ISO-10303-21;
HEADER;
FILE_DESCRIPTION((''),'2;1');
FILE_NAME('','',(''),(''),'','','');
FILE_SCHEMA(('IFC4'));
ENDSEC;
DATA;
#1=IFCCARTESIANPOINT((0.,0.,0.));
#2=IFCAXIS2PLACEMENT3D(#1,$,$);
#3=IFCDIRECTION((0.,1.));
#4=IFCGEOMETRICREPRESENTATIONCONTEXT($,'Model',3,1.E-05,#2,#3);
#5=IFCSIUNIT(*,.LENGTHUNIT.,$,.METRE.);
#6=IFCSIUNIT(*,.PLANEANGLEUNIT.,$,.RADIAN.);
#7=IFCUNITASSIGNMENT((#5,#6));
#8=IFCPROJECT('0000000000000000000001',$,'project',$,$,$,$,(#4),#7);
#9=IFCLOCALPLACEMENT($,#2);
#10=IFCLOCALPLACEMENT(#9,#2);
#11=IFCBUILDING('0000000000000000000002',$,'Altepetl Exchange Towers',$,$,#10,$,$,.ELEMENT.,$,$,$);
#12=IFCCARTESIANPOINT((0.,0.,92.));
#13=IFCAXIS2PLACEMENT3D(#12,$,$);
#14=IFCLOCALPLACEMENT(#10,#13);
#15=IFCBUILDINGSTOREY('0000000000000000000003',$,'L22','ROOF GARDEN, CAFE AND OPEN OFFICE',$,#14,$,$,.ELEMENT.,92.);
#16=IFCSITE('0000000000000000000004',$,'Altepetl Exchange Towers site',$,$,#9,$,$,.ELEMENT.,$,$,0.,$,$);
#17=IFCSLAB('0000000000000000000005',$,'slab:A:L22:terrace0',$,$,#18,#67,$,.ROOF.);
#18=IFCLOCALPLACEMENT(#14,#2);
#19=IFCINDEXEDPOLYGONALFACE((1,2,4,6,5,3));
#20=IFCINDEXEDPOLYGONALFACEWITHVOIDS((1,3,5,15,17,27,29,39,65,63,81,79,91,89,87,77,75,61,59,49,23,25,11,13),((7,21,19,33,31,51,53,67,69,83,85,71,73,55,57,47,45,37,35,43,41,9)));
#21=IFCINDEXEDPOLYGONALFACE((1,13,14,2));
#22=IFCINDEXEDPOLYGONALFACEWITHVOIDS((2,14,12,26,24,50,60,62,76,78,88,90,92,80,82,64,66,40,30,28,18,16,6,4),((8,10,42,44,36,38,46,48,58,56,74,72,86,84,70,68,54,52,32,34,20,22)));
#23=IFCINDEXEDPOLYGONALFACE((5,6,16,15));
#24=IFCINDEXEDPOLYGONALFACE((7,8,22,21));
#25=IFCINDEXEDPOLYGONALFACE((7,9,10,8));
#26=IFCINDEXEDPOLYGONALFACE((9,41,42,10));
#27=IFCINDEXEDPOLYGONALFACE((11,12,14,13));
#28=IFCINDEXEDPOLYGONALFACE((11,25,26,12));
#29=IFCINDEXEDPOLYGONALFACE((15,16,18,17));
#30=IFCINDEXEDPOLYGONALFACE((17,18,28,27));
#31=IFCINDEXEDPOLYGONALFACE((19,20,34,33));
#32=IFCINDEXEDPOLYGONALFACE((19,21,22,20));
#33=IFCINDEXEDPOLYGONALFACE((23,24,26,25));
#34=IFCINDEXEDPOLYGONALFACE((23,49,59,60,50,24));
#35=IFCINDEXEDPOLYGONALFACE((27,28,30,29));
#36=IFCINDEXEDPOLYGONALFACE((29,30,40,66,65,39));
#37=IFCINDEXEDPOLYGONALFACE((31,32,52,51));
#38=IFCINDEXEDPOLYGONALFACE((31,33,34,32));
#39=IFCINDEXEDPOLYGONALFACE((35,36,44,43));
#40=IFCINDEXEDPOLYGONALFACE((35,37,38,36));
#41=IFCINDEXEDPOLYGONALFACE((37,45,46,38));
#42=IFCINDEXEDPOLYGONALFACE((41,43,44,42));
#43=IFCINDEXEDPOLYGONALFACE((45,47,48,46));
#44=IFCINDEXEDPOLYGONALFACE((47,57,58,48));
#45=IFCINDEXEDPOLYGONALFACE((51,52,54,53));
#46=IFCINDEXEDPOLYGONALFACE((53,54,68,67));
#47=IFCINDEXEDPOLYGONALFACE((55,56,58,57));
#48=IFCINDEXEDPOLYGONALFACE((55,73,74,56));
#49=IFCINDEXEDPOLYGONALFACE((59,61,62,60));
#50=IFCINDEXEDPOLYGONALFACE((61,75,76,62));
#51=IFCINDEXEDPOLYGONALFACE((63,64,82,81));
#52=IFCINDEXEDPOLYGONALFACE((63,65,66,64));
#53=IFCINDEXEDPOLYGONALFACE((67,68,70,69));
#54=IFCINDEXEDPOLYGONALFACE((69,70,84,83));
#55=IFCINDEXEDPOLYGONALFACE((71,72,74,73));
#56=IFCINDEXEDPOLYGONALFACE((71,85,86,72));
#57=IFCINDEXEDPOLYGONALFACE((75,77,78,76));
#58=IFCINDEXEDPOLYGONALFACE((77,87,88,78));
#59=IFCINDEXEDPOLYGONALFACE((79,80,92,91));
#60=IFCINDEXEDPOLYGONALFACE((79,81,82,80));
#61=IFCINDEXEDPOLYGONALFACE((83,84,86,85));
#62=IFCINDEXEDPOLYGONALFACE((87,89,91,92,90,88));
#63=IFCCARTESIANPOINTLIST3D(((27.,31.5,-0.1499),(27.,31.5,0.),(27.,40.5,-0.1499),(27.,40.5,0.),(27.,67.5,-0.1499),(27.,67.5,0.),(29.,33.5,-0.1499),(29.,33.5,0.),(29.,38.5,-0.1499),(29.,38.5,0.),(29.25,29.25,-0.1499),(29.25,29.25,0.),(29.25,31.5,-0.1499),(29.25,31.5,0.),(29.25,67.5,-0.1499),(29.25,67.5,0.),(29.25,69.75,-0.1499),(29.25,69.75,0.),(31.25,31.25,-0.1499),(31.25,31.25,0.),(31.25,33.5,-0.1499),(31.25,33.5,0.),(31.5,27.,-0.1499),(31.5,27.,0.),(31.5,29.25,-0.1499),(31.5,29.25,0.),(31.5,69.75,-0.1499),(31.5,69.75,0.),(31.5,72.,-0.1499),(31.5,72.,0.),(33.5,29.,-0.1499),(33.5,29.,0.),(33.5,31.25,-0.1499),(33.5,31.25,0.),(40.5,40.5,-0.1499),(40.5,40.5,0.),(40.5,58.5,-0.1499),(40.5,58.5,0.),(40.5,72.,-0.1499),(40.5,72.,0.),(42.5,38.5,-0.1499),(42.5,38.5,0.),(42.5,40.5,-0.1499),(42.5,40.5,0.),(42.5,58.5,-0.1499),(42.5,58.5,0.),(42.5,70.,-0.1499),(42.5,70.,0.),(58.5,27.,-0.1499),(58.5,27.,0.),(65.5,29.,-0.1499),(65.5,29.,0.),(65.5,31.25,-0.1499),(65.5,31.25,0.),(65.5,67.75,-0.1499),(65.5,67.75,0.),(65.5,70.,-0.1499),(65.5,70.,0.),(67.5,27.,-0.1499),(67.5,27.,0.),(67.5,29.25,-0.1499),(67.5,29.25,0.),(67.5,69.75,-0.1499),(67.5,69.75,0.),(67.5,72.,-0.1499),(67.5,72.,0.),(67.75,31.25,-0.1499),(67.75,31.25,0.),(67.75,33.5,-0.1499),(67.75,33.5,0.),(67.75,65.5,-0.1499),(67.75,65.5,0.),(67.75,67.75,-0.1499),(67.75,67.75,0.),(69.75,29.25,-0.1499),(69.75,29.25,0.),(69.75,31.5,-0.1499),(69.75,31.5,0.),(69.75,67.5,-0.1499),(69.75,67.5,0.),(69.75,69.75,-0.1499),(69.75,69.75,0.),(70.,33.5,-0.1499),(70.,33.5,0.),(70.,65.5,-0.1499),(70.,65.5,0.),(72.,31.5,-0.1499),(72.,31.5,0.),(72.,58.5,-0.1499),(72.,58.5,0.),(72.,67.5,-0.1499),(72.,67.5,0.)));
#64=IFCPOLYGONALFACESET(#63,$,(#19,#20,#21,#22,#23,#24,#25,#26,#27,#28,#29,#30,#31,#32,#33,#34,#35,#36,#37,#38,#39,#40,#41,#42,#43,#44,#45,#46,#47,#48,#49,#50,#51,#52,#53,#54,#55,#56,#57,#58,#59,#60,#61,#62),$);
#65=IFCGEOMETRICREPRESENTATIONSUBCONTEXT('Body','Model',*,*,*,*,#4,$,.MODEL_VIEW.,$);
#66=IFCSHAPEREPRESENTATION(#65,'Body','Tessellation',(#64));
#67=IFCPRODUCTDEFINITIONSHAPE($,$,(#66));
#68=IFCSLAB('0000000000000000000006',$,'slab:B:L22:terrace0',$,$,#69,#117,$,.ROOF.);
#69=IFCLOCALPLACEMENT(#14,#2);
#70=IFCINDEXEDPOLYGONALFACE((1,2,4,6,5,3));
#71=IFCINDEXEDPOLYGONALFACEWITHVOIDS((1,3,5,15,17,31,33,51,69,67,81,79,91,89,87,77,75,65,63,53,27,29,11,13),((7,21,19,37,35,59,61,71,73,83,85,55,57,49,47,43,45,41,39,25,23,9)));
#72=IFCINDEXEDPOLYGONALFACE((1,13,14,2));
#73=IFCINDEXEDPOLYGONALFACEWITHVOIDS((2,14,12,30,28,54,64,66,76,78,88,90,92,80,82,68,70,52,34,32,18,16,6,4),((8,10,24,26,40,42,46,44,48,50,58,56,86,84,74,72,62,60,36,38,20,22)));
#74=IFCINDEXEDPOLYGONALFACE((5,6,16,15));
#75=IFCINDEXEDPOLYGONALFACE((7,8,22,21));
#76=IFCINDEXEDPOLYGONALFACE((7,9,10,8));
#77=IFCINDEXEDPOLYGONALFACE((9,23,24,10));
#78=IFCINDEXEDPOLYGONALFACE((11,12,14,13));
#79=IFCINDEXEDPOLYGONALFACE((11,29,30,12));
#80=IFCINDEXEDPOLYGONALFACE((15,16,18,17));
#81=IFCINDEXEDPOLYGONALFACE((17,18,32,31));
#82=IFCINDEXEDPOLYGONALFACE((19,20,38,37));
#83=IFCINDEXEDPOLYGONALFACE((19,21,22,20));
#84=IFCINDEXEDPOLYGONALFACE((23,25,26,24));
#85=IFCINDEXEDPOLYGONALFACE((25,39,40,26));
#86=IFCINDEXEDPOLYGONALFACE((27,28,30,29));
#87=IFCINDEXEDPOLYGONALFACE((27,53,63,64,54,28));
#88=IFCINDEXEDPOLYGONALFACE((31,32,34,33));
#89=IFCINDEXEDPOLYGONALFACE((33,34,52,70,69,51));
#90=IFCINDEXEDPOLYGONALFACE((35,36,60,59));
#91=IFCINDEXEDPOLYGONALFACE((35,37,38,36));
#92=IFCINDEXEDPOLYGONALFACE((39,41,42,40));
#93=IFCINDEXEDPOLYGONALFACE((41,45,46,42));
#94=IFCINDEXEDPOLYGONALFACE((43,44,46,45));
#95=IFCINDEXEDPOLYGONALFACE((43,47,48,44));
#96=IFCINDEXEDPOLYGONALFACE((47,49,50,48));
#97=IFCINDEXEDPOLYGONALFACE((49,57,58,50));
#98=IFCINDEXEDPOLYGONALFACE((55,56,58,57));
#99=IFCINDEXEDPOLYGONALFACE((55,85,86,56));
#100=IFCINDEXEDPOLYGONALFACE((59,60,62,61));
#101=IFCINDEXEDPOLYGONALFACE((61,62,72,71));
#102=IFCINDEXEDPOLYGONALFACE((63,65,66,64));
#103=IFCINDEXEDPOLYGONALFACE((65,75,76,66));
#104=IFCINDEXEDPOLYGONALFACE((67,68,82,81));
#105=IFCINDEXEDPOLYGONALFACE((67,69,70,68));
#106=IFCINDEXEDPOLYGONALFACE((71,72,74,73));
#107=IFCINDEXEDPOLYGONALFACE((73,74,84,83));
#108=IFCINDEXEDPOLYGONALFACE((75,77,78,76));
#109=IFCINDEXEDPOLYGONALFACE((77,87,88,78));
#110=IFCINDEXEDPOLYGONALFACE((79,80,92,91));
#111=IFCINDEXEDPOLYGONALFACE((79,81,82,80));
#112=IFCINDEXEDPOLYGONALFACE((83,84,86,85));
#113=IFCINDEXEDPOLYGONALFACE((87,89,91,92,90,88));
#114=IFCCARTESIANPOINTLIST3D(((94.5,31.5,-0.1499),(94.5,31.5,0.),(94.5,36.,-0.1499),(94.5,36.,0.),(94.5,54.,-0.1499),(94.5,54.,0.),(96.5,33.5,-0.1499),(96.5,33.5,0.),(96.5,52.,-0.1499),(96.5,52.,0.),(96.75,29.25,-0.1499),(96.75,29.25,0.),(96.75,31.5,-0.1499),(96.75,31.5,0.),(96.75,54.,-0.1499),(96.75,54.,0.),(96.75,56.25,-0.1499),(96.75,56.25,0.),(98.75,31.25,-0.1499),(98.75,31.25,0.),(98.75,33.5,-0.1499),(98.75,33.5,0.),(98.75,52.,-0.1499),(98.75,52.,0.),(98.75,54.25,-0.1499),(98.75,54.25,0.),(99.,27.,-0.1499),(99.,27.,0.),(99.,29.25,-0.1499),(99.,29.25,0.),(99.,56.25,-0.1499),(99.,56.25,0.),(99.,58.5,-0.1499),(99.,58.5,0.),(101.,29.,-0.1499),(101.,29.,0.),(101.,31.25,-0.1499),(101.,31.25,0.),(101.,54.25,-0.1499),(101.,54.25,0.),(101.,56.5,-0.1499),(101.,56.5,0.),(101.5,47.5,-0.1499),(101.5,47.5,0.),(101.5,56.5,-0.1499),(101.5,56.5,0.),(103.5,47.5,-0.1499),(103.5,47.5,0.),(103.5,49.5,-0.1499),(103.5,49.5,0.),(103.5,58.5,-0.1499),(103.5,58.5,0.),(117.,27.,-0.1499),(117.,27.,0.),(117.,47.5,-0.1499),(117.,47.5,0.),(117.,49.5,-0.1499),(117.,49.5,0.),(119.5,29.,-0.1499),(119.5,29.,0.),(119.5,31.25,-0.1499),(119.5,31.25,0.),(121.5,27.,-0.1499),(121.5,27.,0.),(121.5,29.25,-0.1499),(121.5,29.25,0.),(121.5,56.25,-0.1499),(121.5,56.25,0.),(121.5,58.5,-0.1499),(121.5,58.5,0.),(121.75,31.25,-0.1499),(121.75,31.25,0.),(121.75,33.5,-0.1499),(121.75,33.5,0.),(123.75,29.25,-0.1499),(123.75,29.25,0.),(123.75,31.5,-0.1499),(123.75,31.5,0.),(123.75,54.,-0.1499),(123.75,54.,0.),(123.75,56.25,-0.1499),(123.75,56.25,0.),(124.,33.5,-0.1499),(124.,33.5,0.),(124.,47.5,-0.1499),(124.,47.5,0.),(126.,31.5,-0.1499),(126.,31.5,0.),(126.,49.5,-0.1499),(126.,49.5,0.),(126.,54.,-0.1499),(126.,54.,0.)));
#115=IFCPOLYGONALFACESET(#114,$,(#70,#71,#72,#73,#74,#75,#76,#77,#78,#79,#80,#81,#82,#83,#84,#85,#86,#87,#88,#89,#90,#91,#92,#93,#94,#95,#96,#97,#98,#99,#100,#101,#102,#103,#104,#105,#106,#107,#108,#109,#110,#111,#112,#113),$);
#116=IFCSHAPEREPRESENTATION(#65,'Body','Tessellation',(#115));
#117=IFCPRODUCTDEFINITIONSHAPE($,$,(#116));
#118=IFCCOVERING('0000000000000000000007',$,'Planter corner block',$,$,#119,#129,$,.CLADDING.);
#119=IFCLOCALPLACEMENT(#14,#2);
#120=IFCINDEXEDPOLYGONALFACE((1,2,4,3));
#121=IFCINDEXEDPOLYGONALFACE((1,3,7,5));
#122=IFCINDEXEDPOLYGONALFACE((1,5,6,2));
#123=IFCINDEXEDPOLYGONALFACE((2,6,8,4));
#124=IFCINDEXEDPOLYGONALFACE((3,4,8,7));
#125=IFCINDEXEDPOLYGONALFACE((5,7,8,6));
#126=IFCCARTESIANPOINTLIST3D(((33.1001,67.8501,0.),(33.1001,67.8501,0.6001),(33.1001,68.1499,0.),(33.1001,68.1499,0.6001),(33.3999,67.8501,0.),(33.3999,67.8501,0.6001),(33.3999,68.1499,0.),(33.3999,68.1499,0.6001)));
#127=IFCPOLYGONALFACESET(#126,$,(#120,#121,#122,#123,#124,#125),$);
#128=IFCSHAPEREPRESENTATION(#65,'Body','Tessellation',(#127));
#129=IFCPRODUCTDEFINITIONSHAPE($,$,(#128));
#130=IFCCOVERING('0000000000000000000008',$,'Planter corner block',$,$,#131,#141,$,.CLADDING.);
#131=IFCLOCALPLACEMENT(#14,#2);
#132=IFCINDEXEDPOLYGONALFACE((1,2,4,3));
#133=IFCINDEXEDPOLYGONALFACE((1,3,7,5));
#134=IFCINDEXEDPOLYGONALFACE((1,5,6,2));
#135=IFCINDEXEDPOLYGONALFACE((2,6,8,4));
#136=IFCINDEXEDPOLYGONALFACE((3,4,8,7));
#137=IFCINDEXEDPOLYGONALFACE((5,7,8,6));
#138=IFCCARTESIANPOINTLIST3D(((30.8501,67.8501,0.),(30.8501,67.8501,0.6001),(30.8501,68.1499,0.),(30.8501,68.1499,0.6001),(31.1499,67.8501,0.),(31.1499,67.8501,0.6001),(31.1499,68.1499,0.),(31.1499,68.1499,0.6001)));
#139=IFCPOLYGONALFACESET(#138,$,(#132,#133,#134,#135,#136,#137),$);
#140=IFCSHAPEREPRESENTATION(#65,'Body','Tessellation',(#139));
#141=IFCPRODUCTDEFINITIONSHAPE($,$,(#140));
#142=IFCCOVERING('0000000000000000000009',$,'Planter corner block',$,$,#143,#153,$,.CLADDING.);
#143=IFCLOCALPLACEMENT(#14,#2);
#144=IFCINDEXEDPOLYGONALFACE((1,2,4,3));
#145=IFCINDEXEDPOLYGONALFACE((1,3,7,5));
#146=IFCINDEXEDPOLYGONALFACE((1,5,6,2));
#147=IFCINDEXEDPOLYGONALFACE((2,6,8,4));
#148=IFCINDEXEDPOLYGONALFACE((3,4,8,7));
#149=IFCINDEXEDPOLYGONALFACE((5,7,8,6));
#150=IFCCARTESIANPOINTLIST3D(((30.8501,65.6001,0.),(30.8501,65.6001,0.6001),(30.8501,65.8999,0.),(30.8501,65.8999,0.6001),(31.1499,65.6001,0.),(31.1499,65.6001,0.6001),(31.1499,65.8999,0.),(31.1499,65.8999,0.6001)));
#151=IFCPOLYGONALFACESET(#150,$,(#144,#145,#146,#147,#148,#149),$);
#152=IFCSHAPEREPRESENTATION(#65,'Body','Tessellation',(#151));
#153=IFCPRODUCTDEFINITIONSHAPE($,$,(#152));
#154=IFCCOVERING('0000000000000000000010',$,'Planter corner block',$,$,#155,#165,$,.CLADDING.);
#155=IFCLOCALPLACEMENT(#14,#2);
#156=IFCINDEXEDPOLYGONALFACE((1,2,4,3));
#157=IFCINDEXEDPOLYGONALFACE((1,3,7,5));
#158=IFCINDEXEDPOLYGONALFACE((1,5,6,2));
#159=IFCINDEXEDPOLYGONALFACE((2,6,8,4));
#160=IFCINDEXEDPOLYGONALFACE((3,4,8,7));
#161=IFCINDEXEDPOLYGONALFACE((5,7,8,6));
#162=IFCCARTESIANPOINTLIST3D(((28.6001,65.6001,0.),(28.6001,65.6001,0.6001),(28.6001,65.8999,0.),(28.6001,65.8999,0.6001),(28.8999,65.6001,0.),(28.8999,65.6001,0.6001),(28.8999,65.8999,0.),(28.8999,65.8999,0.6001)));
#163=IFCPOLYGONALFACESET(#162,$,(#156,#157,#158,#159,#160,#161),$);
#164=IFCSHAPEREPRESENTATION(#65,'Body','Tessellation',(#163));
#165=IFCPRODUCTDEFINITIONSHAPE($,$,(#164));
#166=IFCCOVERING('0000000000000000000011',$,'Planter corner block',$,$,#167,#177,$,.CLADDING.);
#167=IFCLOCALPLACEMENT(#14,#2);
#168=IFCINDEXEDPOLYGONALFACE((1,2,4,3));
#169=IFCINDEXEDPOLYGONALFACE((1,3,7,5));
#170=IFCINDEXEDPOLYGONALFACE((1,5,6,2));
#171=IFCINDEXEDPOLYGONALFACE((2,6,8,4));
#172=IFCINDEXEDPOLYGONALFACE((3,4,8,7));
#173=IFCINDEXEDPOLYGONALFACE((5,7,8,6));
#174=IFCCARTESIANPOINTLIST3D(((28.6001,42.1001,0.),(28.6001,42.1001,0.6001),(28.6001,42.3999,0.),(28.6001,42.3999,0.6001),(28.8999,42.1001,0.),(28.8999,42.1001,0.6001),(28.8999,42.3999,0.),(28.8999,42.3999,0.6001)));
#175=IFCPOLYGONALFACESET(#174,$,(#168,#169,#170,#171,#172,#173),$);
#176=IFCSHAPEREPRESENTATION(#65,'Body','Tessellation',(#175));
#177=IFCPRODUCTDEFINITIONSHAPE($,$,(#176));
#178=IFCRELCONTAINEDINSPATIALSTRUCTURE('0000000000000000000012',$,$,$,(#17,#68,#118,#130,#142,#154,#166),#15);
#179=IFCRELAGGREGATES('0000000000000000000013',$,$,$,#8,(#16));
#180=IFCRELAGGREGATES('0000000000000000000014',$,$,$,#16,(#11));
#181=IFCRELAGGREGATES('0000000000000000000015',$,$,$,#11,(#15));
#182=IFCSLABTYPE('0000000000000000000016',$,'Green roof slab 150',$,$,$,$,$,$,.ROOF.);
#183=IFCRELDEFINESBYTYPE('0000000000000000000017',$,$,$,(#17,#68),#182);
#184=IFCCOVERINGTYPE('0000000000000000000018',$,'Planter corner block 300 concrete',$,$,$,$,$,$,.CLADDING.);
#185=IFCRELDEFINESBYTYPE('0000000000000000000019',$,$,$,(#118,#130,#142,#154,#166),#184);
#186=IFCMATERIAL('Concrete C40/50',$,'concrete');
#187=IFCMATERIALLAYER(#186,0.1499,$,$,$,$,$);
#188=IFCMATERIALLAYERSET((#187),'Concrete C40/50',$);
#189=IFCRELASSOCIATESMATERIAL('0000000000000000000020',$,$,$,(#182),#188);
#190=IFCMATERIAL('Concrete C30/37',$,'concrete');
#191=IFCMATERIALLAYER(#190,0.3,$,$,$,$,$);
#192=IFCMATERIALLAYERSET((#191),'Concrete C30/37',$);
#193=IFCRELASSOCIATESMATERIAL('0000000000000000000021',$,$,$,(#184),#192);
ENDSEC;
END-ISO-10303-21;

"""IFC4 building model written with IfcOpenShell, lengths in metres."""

from ifc_helpers import new_model, si_unit, direction, frame, origin, place, context, subcontext, project, spatial, polyline, outline, extrude, material, layer, layer_set, type_object, element, save


model = new_model("IFC4")

# Units and contexts
model_context = context("Model", 3, precision=1e-05, world=origin(), true_north=direction((0.0, 1.0)))
body_context = subcontext(model_context, "Body", "Model", "MODEL_VIEW")
ifc_project = project(units=[si_unit("LENGTHUNIT", "METRE"), si_unit("PLANEANGLEUNIT", "RADIAN")], contexts=[model_context])

# Site, building, storey
site_placement = place(None, origin())
site = spatial("IfcSite", under=ifc_project, at=site_placement, Name="Altepetl Exchange Towers site", CompositionType="ELEMENT", RefElevation=0.0)
building_placement = place(site_placement, origin())
building = spatial("IfcBuilding", under=site, at=building_placement, Name="Altepetl Exchange Towers", CompositionType="ELEMENT")
storey_placement = place(building_placement, frame((0.0, 0.0, 92.0)))
storey = spatial("IfcBuildingStorey", under=building, at=storey_placement, Name="L22", Description="ROOF GARDEN, CAFE AND OPEN OFFICE", CompositionType="ELEMENT", Elevation=92.0)

# Slabs
ifc_material_1 = material(Name="Concrete C40/50", Category="concrete")
ifc_layer_1 = layer(ifc_material_1, 0.1499)
ifc_layer_set_1 = layer_set([ifc_layer_1], Name="Concrete C40/50")
slab_type_1 = type_object("IfcSlabType", Name="Green roof slab 150", PredefinedType="ROOF", material=ifc_layer_set_1)
slab_1_placement = place(storey_placement, frame((0.0, 0.0, -0.1499)))
element("IfcSlab", 1, at=slab_1_placement, inside=storey, type_object=slab_type_1, Name="slab:A:L22:terrace0", PredefinedType="ROOF", context=body_context, shape_type="SweptSolid", body=[
    extrude(outline(polyline([(29.25, 69.75), (29.25, 67.5), (27.0, 67.5), (27.0, 40.5), (27.0, 31.5), (29.25, 31.5), (29.25, 29.25), (31.5, 29.25), (31.5, 27.0), (58.5, 27.0), (67.5, 27.0), (67.5, 29.25), (69.75, 29.25), (69.75, 31.5), (72.0, 31.5), (72.0, 58.5), (72.0, 67.5), (69.75, 67.5), (69.75, 69.75), (67.5, 69.75), (67.5, 72.0), (40.5, 72.0), (31.5, 72.0), (31.5, 69.75), (29.25, 69.75)]), holes=[polyline([(29.0, 38.5), (42.5, 38.5), (42.5, 40.5), (40.5, 40.5), (40.5, 58.5), (42.5, 58.5), (42.5, 70.0), (65.5, 70.0), (65.5, 67.75), (67.75, 67.75), (67.75, 65.5), (70.0, 65.5), (70.0, 33.5), (67.75, 33.5), (67.75, 31.25), (65.5, 31.25), (65.5, 29.0), (33.5, 29.0), (33.5, 31.25), (31.25, 31.25), (31.25, 33.5), (29.0, 33.5), (29.0, 38.5)])]), origin(), (0.0, 0.0, 1.0), 0.1499),
])
slab_2_placement = place(storey_placement, frame((0.0, 0.0, -0.1499)))
element("IfcSlab", 2, at=slab_2_placement, inside=storey, type_object=slab_type_1, Name="slab:B:L22:terrace0", PredefinedType="ROOF", context=body_context, shape_type="SweptSolid", body=[
    extrude(outline(polyline([(96.75, 56.25), (96.75, 54.0), (94.5, 54.0), (94.5, 36.0), (94.5, 31.5), (96.75, 31.5), (96.75, 29.25), (99.0, 29.25), (99.0, 27.0), (117.0, 27.0), (121.5, 27.0), (121.5, 29.25), (123.75, 29.25), (123.75, 31.5), (126.0, 31.5), (126.0, 49.5), (126.0, 54.0), (123.75, 54.0), (123.75, 56.25), (121.5, 56.25), (121.5, 58.5), (103.5, 58.5), (99.0, 58.5), (99.0, 56.25), (96.75, 56.25)]), holes=[polyline([(96.5, 33.5), (96.5, 52.0), (98.75, 52.0), (98.75, 54.25), (101.0, 54.25), (101.0, 56.5), (101.5, 56.5), (101.5, 47.5), (103.5, 47.5), (103.5, 49.5), (117.0, 49.5), (117.0, 47.5), (124.0, 47.5), (124.0, 33.5), (121.75, 33.5), (121.75, 31.25), (119.5, 31.25), (119.5, 29.0), (101.0, 29.0), (101.0, 31.25), (98.75, 31.25), (98.75, 33.5), (96.5, 33.5)])]), origin(), (0.0, 0.0, 1.0), 0.1499),
])

# Coverings
ifc_material_2 = material(Name="Concrete C30/37", Category="concrete")
ifc_layer_2 = layer(ifc_material_2, 0.3)
ifc_layer_set_2 = layer_set([ifc_layer_2], Name="Concrete C30/37")
covering_type_1 = type_object("IfcCoveringType", Name="Planter corner block 300 concrete", PredefinedType="CLADDING", material=ifc_layer_set_2)
covering_1_placement = place(storey_placement, origin())
element("IfcCovering", 3, at=covering_1_placement, inside=storey, type_object=covering_type_1, Name="Planter corner block", PredefinedType="CLADDING", context=body_context, shape_type="SweptSolid", body=[
    extrude(outline(polyline([(33.3999, 67.8501), (33.3999, 68.1499), (33.1001, 68.1499), (33.1001, 67.8501), (33.3999, 67.8501)])), origin(), (0.0, 0.0, 1.0), 0.6001),
])
covering_2_placement = place(storey_placement, origin())
element("IfcCovering", 4, at=covering_2_placement, inside=storey, type_object=covering_type_1, Name="Planter corner block", PredefinedType="CLADDING", context=body_context, shape_type="SweptSolid", body=[
    extrude(outline(polyline([(31.1499, 67.8501), (31.1499, 68.1499), (30.8501, 68.1499), (30.8501, 67.8501), (31.1499, 67.8501)])), origin(), (0.0, 0.0, 1.0), 0.6001),
])
covering_3_placement = place(storey_placement, origin())
element("IfcCovering", 5, at=covering_3_placement, inside=storey, type_object=covering_type_1, Name="Planter corner block", PredefinedType="CLADDING", context=body_context, shape_type="SweptSolid", body=[
    extrude(outline(polyline([(30.8501, 65.6001), (31.1499, 65.6001), (31.1499, 65.8999), (30.8501, 65.8999), (30.8501, 65.6001)])), origin(), (0.0, 0.0, 1.0), 0.6001),
])
covering_4_placement = place(storey_placement, origin())
element("IfcCovering", 6, at=covering_4_placement, inside=storey, type_object=covering_type_1, Name="Planter corner block", PredefinedType="CLADDING", context=body_context, shape_type="SweptSolid", body=[
    extrude(outline(polyline([(28.8999, 65.6001), (28.8999, 65.8999), (28.6001, 65.8999), (28.6001, 65.6001), (28.8999, 65.6001)])), origin(), (0.0, 0.0, 1.0), 0.6001),
])
covering_5_placement = place(storey_placement, origin())
element("IfcCovering", 7, at=covering_5_placement, inside=storey, type_object=covering_type_1, Name="Planter corner block", PredefinedType="CLADDING", context=body_context, shape_type="SweptSolid", body=[
    extrude(outline(polyline([(28.8999, 42.3999), (28.6001, 42.3999), (28.6001, 42.1001), (28.8999, 42.1001), (28.8999, 42.3999)])), origin(), (0.0, 0.0, 1.0), 0.6001),
])

save(model, "model.ifc")
